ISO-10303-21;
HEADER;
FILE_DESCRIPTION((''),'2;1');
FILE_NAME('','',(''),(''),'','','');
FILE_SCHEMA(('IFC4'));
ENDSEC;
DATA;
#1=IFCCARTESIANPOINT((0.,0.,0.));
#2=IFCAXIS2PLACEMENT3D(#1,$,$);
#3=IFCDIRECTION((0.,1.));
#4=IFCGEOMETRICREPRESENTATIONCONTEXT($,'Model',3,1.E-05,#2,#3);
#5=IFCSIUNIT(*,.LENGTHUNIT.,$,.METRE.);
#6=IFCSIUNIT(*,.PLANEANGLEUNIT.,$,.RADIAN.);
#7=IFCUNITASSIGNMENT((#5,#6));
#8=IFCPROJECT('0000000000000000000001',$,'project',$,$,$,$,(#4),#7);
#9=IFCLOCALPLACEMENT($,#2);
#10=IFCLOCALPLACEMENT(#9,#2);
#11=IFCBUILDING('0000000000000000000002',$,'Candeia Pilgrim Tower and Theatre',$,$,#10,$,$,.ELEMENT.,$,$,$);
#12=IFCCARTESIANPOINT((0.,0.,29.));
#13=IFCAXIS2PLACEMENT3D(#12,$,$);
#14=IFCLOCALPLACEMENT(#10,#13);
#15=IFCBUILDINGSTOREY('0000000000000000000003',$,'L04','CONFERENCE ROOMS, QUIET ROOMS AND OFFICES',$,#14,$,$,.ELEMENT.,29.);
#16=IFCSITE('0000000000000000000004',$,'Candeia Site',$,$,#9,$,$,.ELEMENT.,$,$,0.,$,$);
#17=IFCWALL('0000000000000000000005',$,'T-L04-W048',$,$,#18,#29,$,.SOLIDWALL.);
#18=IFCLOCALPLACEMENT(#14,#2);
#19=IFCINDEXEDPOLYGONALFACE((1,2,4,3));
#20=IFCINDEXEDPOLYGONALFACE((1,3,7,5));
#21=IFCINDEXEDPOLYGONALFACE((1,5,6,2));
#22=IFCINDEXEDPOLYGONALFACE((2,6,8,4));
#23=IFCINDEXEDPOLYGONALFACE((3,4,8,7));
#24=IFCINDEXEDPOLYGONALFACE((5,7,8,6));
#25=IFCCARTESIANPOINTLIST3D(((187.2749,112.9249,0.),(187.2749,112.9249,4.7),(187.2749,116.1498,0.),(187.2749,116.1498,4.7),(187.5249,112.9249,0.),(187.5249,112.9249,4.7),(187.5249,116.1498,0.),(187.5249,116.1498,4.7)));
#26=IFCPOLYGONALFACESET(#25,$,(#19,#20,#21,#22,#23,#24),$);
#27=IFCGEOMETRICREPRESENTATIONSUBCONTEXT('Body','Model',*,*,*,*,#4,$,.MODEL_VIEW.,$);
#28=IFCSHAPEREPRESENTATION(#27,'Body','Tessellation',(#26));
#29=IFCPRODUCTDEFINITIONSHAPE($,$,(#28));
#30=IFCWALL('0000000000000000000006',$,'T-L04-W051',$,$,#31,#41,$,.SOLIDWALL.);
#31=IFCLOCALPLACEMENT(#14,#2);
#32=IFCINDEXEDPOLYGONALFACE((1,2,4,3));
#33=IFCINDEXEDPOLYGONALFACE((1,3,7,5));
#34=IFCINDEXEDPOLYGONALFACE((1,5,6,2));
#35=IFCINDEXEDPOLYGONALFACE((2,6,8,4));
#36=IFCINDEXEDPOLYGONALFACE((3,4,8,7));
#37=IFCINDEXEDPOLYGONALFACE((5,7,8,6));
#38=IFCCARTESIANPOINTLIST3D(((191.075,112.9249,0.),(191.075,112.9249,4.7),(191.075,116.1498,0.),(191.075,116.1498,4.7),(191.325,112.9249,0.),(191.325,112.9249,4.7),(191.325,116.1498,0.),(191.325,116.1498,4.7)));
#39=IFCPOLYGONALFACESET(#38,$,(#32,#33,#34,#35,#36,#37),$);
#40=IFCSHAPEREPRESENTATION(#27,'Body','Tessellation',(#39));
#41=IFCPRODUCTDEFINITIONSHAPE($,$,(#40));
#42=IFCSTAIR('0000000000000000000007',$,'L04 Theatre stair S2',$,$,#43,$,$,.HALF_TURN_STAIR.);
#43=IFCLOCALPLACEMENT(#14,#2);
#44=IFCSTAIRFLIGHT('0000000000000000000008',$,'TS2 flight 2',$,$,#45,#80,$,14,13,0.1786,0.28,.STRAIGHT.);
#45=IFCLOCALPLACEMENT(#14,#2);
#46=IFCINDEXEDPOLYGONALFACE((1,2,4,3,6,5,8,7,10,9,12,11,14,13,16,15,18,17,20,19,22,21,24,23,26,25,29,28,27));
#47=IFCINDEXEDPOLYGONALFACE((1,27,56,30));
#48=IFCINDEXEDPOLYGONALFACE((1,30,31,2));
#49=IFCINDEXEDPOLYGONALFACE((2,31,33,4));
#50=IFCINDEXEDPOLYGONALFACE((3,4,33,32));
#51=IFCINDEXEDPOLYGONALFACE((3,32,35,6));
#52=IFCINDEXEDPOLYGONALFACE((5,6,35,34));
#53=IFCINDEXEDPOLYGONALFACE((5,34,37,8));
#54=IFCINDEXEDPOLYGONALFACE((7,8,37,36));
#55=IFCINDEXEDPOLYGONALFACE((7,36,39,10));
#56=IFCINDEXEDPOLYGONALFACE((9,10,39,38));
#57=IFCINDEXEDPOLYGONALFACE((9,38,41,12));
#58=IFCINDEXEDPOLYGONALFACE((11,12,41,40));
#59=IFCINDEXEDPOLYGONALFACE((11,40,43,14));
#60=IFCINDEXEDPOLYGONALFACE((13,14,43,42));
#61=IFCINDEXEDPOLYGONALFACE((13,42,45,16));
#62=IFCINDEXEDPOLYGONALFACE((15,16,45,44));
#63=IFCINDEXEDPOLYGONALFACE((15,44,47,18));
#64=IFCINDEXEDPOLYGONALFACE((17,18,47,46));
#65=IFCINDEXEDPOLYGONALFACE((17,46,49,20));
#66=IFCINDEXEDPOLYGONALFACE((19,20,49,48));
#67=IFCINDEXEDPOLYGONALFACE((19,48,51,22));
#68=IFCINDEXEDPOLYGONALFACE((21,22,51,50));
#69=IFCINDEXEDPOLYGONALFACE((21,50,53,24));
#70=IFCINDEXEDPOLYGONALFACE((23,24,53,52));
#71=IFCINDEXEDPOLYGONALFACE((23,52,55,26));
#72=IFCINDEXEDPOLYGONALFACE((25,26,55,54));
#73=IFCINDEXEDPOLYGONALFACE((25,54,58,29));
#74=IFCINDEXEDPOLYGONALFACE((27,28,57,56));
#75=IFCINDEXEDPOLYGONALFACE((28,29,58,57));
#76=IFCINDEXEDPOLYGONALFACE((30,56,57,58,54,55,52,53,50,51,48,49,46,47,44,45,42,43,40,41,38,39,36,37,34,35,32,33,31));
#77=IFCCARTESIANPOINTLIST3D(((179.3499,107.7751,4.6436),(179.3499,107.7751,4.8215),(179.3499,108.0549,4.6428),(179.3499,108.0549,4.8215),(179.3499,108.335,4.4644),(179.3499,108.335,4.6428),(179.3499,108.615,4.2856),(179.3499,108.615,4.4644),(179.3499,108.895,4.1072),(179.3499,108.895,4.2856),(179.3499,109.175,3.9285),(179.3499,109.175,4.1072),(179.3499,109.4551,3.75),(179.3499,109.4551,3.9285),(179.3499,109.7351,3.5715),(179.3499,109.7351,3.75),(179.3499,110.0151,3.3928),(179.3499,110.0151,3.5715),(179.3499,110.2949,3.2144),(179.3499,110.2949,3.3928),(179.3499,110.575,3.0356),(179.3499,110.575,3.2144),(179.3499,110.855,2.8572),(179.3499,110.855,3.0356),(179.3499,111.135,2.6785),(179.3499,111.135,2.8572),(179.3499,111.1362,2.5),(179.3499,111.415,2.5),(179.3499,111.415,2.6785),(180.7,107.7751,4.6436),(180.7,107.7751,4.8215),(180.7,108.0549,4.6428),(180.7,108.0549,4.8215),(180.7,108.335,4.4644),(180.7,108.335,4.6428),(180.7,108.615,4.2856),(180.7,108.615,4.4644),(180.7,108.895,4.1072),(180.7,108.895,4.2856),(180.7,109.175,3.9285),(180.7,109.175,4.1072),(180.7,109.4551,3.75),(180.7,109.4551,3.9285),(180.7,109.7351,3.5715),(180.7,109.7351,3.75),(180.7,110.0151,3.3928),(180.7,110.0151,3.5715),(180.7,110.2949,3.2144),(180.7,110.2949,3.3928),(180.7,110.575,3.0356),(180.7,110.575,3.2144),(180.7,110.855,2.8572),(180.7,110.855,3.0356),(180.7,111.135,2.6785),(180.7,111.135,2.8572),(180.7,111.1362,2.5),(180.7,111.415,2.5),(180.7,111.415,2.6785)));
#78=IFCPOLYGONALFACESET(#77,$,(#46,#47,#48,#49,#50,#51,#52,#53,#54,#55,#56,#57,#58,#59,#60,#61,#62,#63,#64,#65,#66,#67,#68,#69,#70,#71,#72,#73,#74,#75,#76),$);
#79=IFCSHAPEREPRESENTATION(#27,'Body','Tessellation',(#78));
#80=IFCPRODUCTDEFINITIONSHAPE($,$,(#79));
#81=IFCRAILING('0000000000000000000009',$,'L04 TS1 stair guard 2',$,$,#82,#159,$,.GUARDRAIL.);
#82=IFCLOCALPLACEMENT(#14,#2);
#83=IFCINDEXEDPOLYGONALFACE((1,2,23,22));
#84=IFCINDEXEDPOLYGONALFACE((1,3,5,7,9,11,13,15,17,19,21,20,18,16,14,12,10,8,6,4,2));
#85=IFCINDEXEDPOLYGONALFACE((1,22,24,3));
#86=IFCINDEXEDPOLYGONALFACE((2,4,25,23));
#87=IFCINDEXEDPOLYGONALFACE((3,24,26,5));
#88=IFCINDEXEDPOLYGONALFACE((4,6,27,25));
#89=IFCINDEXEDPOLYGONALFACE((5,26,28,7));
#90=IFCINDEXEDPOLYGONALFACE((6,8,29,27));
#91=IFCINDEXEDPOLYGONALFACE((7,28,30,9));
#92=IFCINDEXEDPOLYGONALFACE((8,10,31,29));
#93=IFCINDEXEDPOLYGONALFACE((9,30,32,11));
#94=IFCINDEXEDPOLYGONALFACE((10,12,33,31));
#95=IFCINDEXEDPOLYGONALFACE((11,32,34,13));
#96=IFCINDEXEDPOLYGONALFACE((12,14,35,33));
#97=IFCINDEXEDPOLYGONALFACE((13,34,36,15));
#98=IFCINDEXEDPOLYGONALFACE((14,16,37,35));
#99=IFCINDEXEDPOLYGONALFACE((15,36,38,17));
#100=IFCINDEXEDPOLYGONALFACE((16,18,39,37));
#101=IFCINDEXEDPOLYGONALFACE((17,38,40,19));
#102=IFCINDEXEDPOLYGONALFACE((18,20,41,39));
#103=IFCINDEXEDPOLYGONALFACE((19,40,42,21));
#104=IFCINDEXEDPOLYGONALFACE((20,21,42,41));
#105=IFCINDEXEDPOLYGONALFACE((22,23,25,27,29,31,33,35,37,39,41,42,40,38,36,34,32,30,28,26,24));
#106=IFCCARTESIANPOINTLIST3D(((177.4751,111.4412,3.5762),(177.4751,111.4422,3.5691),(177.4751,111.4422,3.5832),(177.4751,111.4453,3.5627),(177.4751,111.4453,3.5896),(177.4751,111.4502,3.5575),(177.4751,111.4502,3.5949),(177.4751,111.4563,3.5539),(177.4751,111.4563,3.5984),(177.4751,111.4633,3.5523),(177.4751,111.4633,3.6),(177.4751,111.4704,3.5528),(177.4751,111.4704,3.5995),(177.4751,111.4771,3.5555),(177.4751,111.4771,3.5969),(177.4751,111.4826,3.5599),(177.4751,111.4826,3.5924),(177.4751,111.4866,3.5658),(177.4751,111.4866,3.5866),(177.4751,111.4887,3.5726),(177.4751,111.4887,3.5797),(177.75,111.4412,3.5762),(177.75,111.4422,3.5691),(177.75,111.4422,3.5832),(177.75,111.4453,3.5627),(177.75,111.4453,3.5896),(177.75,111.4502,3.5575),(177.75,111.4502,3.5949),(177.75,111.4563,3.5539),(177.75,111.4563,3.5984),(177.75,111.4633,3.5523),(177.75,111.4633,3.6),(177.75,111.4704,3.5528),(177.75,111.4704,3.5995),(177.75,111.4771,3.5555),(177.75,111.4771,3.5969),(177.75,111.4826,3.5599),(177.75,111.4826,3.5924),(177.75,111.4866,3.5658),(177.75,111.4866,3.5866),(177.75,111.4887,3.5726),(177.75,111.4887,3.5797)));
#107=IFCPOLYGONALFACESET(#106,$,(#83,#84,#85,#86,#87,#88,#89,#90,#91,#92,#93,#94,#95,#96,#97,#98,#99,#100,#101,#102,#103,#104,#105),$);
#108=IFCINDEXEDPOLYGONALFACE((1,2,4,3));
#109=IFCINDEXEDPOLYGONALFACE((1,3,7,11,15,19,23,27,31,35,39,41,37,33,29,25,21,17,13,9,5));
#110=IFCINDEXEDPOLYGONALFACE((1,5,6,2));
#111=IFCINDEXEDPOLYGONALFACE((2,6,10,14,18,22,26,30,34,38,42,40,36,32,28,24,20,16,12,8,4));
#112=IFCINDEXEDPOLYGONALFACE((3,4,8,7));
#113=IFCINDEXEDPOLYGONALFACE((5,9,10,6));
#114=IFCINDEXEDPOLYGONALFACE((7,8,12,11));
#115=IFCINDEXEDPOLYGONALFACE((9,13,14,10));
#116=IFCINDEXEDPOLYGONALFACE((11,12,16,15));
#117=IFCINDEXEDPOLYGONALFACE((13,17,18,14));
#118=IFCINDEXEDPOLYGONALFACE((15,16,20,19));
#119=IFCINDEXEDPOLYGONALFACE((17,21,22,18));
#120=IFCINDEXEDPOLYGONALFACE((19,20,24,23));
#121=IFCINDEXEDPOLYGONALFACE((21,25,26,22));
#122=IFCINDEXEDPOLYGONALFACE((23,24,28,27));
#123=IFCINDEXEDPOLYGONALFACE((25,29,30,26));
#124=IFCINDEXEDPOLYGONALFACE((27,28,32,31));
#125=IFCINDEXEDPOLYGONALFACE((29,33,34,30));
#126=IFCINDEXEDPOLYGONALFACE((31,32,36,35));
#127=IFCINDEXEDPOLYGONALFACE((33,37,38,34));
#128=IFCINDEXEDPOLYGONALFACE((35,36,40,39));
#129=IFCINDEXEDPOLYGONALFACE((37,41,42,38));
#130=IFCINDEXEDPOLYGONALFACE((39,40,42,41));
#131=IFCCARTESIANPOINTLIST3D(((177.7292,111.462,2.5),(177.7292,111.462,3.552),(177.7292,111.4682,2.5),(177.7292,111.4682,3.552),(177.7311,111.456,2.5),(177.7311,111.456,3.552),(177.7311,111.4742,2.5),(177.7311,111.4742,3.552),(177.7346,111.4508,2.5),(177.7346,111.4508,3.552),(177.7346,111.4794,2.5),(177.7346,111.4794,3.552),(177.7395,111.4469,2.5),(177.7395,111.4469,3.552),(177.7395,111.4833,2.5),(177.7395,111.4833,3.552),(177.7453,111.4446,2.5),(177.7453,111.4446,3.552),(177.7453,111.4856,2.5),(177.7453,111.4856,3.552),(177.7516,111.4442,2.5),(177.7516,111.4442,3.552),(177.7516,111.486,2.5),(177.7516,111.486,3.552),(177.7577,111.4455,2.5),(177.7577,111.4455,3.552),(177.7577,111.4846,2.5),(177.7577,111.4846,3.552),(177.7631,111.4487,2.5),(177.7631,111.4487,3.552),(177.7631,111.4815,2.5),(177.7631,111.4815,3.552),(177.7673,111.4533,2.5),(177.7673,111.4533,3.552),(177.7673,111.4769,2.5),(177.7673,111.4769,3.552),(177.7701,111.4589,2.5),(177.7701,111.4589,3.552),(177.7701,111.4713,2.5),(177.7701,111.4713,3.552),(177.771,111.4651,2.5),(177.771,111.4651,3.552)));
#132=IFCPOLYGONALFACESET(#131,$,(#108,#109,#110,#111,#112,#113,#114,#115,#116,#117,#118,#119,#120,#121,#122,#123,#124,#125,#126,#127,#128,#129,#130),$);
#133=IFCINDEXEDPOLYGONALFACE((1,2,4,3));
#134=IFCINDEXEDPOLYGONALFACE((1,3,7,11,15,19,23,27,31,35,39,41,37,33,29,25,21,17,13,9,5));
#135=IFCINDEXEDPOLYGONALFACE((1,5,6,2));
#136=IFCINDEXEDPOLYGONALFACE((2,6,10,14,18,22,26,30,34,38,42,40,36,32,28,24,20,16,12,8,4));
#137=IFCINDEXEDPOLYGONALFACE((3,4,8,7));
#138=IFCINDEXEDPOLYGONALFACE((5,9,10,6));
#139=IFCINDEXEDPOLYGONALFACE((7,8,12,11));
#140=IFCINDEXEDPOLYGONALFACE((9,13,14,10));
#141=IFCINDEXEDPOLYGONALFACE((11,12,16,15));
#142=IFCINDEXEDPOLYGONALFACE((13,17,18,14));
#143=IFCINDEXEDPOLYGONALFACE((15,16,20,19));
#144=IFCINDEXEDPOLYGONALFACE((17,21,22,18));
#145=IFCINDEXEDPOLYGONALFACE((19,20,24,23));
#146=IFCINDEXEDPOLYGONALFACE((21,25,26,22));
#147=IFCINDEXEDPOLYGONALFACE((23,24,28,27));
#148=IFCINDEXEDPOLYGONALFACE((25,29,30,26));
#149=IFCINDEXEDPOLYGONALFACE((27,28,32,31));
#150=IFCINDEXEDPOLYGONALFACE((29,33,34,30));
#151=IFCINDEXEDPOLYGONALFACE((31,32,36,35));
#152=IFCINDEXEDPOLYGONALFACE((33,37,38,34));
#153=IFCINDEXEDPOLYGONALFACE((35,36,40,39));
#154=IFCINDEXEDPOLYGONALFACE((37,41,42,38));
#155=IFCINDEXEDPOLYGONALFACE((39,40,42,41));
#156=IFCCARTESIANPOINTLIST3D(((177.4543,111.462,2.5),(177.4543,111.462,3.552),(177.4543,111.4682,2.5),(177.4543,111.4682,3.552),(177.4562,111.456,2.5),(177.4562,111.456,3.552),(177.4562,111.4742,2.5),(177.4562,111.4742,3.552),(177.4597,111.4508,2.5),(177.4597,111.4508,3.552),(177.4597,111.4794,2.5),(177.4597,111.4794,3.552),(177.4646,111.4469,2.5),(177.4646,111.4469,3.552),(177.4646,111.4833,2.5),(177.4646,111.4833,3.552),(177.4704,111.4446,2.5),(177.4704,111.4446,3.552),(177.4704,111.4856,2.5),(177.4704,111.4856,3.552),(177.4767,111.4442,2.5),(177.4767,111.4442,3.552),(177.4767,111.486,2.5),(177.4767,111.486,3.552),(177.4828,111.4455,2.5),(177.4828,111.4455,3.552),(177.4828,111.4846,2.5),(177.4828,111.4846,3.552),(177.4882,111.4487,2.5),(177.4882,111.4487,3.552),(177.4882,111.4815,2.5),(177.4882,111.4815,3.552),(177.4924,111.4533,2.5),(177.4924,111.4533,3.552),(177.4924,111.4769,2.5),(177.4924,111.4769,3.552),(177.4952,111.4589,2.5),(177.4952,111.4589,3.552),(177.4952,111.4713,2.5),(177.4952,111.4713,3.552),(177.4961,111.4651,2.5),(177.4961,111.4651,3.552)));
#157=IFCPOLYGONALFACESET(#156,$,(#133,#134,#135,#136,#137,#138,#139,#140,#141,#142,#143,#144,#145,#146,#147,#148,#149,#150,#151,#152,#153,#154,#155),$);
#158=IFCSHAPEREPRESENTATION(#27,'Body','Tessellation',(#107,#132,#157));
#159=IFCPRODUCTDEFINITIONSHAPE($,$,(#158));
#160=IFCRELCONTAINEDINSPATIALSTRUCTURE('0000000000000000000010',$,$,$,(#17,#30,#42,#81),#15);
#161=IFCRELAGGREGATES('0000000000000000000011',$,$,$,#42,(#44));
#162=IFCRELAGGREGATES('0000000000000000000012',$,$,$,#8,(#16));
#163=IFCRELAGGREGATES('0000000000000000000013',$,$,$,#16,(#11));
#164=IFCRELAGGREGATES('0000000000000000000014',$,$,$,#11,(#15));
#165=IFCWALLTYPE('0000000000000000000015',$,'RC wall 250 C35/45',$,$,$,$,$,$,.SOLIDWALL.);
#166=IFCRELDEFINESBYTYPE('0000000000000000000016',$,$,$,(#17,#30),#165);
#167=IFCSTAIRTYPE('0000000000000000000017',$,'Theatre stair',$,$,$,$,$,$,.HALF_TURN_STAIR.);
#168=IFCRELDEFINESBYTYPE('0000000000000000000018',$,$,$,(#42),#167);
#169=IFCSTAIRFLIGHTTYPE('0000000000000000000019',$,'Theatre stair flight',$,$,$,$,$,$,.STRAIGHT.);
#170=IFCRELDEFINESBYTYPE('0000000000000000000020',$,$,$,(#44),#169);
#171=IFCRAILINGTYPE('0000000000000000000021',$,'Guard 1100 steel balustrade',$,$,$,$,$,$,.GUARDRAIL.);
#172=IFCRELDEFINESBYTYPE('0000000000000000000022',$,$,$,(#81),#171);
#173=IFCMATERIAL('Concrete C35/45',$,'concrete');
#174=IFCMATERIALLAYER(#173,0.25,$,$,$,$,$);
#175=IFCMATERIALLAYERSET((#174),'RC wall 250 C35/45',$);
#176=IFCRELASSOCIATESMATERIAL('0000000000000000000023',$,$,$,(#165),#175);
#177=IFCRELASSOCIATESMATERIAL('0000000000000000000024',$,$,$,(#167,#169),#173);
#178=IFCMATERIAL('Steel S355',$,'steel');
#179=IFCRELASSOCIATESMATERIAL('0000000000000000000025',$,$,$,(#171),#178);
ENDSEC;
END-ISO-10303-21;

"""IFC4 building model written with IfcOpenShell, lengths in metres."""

from ifc_helpers import new_model, si_unit, direction, frame, frame_2d, origin, origin_2d, place, context, subcontext, project, spatial, polyline, rectangle, circle, outline, extrude, material, layer, layer_set, type_object, element, aggregate, save


model = new_model("IFC4")

# Units and contexts
model_context = context("Model", 3, precision=1e-05, world=origin(), true_north=direction((0.0, 1.0)))
body_context = subcontext(model_context, "Body", "Model", "MODEL_VIEW")
ifc_project = project(units=[si_unit("LENGTHUNIT", "METRE"), si_unit("PLANEANGLEUNIT", "RADIAN")], contexts=[model_context])

# Site, building, storey
site_placement = place(None, origin())
site = spatial("IfcSite", under=ifc_project, at=site_placement, Name="Candeia Site", CompositionType="ELEMENT", RefElevation=0.0)
building_placement = place(site_placement, origin())
building = spatial("IfcBuilding", under=site, at=building_placement, Name="Candeia Pilgrim Tower and Theatre", CompositionType="ELEMENT")
storey_placement = place(building_placement, frame((0.0, 0.0, 29.0)))
storey = spatial("IfcBuildingStorey", under=building, at=storey_placement, Name="L04", Description="CONFERENCE ROOMS, QUIET ROOMS AND OFFICES", CompositionType="ELEMENT", Elevation=29.0)

# Shared definitions
ifc_material_1 = material(Name="Concrete C35/45", Category="concrete")
ifc_layer_1 = layer(ifc_material_1, 0.25)
ifc_layer_set_1 = layer_set([ifc_layer_1], Name="RC wall 250 C35/45")
wall_type_1 = type_object("IfcWallType", Name="RC wall 250 C35/45", PredefinedType="SOLIDWALL", material=ifc_layer_set_1)

# Walls
for number, where, z_axis, x_axis, name in (
    (1, (187.3999, 112.925, 0.0), (0.0, 0.0, 1.0), (0.0, 1.0, 0.0), "T-L04-W048"),
    (2, (191.2, 112.925, 0.0), (0.0, 0.0, 1.0), (0.0, 1.0, 0.0), "T-L04-W051"),
):
    element("IfcWall", number, at=place(storey_placement, frame(where, z_axis=z_axis, x_axis=x_axis)), inside=storey, type_object=wall_type_1, Name=name, PredefinedType="SOLIDWALL", context=body_context, shape_type="SweptSolid", body=[
        extrude(rectangle(XDim=3.2249, YDim=0.25, at=frame_2d((1.6123, 0.0))), origin(), (0.0, 0.0, 1.0), 4.7),
    ])

# Stair, stair flight
stair_type = type_object("IfcStairType", Name="Theatre stair", PredefinedType="HALF_TURN_STAIR", material=ifc_material_1)
stair_placement = place(storey_placement, origin())
stair = element("IfcStair", 3, at=stair_placement, inside=storey, type_object=stair_type, Name="L04 Theatre stair S2", PredefinedType="HALF_TURN_STAIR")
stair_flight_type = type_object("IfcStairFlightType", Name="Theatre stair flight", PredefinedType="STRAIGHT", material=ifc_material_1)
stair_flight_placement = place(storey_placement, frame((180.0249, 111.415, 2.5), z_axis=(0.0, 0.0, 1.0), x_axis=(0.0, -1.0, 0.0)))
stair_flight = element("IfcStairFlight", 4, at=stair_flight_placement, type_object=stair_flight_type, Name="TS2 flight 2", NumberOfRisers=14, NumberOfTreads=13, PredefinedType="STRAIGHT", RiserHeight=0.1786, TreadLength=0.28, context=body_context, shape_type="SweptSolid", body=[
    extrude(outline(polyline([(0.0, 0.0), (0.0, 0.1785), (0.28, 0.1785), (0.28, 0.3572), (0.5601, 0.3572), (0.5601, 0.5356), (0.8401, 0.5356), (0.8401, 0.7144), (1.1201, 0.7144), (1.1201, 0.8928), (1.3999, 0.8928), (1.3999, 1.0715), (1.6799, 1.0715), (1.6799, 1.25), (1.96, 1.25), (1.96, 1.4285), (2.24, 1.4285), (2.24, 1.6072), (2.52, 1.6072), (2.52, 1.7856), (2.8, 1.7856), (2.8, 1.9644), (3.0801, 1.9644), (3.0801, 2.1428), (3.3601, 2.1428), (3.3601, 2.3215), (3.6399, 2.3215), (3.6399, 2.5), (3.6399, 2.1436), (0.2788, 0.0), (0.0, 0.0)])), frame((0.0, 0.675, 0.0), z_axis=(0.0, -1.0, 0.0), x_axis=(1.0, 0.0, 0.0)), (0.0, 0.0, 1.0), 1.3501),
])
aggregate(stair, [stair_flight])

# Railing
ifc_material_2 = material(Name="Steel S355", Category="steel")
railing_type_1 = type_object("IfcRailingType", Name="Guard 1100 steel balustrade", PredefinedType="GUARDRAIL", material=ifc_material_2)
railing_1_placement = place(storey_placement, frame((177.75, 111.4651, 2.5)))
element("IfcRailing", 5, at=railing_1_placement, inside=storey, type_object=railing_type_1, Name="L04 TS1 stair guard 2", PredefinedType="GUARDRAIL", context=body_context, shape_type="SweptSolid", body=[
    extrude(circle(Radius=0.0239, at=origin_2d()), frame((0.0, 0.0, 1.0762), z_axis=(-1.0, 0.0, 0.0), x_axis=(0.0, -1.0, 0.0)), (0.0, 0.0, 1.0), 0.2749),
    extrude(circle(Radius=0.021, at=origin_2d()), origin(), (0.0, 0.0, 1.0), 1.052),
    extrude(circle(Radius=0.021, at=origin_2d()), frame((-0.2749, 0.0, 0.0)), (0.0, 0.0, 1.0), 1.052),
])

save(model, "model.ifc")
